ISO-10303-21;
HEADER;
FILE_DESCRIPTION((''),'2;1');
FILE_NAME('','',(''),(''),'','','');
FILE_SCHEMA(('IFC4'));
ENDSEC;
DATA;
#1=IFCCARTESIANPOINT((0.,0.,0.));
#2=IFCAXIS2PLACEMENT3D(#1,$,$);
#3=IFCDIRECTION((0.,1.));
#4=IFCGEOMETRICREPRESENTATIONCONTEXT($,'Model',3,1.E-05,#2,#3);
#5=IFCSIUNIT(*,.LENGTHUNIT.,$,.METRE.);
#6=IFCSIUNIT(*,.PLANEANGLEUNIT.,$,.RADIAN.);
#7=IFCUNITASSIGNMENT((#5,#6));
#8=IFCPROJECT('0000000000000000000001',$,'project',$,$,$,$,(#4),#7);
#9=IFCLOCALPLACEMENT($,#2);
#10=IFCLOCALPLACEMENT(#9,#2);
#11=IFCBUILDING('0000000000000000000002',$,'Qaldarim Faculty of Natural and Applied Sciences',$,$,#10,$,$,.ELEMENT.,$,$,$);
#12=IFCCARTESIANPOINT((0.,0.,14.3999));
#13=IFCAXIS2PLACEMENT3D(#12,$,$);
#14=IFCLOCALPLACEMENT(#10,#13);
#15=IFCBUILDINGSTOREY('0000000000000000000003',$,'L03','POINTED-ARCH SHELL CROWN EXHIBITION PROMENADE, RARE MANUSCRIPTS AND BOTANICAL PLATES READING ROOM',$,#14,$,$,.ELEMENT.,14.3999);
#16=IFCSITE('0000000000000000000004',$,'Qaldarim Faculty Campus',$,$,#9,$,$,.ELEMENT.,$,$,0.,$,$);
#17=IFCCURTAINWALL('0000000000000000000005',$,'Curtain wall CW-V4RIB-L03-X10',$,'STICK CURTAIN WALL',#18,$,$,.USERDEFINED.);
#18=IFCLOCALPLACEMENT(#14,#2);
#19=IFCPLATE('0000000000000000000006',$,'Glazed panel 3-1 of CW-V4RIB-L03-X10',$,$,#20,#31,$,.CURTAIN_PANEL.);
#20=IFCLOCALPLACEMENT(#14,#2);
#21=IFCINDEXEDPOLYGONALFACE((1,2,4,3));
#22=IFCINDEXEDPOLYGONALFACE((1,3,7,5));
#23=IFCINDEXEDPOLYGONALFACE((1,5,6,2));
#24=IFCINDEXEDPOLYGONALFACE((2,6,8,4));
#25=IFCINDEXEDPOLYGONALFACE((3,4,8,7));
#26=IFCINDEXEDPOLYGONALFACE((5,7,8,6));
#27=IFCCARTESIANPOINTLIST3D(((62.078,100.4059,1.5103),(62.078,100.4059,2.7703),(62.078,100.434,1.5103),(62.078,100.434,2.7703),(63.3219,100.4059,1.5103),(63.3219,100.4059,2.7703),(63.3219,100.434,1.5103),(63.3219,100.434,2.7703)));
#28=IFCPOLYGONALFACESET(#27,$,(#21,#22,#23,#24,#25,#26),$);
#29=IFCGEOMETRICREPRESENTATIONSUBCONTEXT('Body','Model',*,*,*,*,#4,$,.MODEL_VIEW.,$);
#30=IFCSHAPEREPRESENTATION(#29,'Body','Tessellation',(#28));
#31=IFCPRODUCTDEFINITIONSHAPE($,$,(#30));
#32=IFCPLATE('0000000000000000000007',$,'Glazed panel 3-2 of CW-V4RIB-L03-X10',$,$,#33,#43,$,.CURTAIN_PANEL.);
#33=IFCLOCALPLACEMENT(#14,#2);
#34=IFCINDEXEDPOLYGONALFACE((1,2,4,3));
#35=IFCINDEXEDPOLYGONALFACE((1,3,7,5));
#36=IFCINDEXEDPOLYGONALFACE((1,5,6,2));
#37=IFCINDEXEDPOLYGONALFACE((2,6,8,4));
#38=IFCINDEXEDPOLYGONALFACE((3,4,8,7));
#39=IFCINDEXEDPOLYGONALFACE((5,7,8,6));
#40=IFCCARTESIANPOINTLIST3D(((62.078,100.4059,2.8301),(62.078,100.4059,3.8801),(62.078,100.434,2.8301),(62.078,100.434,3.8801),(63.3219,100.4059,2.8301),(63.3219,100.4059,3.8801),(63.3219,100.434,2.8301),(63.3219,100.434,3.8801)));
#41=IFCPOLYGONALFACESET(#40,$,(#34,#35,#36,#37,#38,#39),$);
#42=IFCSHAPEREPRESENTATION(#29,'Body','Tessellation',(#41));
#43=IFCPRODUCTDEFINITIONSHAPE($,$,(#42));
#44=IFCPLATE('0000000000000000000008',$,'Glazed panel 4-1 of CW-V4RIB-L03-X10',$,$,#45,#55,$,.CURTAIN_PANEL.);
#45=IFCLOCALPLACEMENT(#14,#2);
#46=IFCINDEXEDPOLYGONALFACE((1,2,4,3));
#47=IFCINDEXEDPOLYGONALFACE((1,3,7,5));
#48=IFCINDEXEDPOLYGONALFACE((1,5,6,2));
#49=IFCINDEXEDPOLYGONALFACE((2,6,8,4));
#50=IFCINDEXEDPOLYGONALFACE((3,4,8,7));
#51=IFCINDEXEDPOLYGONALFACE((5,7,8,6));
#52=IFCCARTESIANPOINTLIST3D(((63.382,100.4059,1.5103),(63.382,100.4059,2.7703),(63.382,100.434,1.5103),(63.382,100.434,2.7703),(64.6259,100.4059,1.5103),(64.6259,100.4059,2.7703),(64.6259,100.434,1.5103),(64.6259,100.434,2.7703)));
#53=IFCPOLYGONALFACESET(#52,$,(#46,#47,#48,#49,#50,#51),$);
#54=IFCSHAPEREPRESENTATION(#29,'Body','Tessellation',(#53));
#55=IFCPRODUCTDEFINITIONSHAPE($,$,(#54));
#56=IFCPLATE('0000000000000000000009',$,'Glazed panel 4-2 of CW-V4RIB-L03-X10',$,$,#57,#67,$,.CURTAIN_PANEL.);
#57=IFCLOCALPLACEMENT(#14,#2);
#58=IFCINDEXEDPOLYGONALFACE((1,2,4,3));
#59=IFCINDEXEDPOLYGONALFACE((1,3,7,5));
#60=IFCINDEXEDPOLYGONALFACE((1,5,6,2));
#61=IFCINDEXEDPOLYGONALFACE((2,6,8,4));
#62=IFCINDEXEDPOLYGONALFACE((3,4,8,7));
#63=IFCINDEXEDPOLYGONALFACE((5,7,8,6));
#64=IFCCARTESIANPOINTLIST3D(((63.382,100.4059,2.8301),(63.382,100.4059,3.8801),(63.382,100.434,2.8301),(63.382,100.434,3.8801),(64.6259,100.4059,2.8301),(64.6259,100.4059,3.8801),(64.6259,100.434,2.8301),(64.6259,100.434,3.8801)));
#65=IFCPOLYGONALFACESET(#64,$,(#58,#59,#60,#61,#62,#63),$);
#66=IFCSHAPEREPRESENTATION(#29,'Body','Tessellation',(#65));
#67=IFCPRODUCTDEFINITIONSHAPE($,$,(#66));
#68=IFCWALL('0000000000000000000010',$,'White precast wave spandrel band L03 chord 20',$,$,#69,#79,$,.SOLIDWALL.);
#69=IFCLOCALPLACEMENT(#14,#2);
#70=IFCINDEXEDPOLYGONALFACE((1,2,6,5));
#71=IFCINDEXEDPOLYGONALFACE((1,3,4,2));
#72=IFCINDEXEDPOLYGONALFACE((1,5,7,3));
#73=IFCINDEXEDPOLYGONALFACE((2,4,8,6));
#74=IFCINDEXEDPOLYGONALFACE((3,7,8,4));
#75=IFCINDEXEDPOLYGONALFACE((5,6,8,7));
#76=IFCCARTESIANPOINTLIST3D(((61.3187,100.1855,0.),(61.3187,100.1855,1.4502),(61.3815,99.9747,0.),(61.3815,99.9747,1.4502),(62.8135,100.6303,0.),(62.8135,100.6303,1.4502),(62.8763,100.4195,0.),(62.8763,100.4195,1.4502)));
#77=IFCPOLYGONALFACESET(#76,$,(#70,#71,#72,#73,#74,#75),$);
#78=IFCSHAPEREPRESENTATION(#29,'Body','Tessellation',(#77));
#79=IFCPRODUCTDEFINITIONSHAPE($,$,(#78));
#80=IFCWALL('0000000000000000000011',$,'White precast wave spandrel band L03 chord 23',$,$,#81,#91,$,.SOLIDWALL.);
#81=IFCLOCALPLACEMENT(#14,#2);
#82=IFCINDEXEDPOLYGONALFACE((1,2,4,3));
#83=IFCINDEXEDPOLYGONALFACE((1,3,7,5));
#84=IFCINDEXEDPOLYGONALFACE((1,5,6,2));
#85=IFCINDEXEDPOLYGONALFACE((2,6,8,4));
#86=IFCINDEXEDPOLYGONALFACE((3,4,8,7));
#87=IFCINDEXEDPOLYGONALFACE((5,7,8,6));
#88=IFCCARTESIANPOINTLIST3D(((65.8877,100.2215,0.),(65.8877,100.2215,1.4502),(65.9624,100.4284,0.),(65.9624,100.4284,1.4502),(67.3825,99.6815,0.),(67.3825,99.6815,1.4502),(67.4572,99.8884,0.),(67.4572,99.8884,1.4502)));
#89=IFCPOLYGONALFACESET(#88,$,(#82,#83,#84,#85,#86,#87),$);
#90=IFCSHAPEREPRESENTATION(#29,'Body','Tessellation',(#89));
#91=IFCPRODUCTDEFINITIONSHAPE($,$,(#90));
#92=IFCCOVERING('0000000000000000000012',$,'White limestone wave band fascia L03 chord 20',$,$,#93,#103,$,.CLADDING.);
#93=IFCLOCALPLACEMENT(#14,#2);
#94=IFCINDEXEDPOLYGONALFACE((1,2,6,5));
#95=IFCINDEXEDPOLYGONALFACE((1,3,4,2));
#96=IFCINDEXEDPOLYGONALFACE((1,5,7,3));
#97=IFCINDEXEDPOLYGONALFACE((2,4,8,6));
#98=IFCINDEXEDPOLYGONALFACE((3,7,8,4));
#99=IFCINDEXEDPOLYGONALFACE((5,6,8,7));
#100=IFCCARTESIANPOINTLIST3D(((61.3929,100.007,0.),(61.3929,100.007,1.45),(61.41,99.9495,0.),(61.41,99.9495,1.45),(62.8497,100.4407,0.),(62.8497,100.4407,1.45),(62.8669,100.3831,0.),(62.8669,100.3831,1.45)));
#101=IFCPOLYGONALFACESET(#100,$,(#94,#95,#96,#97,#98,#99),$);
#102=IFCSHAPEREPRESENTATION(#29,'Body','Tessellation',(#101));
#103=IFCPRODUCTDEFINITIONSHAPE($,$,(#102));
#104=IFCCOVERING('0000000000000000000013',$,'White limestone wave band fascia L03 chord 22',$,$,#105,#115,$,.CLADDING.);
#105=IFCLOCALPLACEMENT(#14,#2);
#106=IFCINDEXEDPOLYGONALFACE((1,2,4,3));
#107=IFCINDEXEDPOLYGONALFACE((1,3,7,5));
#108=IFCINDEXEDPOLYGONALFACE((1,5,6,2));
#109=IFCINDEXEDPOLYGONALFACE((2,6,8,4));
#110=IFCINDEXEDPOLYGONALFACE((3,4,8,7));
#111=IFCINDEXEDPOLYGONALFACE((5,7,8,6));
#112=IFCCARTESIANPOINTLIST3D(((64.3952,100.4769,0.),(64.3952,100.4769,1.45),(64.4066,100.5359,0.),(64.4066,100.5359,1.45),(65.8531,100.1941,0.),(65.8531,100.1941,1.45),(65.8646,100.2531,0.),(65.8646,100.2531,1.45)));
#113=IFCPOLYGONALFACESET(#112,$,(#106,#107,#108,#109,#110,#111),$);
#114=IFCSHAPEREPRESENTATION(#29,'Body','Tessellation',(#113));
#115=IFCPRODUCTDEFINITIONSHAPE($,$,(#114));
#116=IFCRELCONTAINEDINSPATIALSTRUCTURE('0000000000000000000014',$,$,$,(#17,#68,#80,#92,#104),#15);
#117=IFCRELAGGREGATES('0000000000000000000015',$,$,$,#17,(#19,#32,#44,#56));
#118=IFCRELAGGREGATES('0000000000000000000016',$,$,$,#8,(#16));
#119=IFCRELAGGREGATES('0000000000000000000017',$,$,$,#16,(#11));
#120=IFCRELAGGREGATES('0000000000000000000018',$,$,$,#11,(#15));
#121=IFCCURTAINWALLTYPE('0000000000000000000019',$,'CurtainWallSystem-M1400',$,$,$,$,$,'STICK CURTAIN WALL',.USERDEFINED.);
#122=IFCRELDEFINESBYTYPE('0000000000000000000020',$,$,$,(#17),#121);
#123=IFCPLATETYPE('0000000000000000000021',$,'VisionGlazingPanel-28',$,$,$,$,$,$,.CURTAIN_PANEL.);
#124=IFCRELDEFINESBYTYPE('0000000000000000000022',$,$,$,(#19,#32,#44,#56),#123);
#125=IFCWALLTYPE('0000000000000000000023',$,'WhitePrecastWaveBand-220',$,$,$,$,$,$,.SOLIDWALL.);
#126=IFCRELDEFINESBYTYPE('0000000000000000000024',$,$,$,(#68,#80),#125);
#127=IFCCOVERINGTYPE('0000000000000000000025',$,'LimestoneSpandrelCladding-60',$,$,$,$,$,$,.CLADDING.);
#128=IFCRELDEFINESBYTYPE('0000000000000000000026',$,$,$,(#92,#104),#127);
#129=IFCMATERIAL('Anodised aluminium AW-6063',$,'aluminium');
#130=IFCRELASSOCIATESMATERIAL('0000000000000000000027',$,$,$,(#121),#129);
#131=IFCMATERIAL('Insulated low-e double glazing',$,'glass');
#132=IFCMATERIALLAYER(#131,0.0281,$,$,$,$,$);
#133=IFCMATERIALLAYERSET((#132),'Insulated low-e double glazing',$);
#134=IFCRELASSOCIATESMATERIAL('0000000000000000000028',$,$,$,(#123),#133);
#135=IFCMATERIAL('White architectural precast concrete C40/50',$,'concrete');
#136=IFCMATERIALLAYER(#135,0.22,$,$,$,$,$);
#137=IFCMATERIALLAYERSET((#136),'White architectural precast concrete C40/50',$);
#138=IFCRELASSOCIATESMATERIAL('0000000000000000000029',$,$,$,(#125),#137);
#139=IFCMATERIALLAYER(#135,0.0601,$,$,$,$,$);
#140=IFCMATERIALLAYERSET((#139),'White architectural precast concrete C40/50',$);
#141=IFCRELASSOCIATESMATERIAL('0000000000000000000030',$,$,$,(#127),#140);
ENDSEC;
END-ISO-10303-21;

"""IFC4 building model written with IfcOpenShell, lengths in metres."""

from ifc_helpers import new_model, si_unit, direction, frame, frame_2d, origin, origin_2d, place, context, subcontext, project, spatial, rectangle, extrude, material, layer, layer_set, type_object, element, aggregate, save


model = new_model("IFC4")

# Units and contexts
model_context = context("Model", 3, precision=1e-05, world=origin(), true_north=direction((0.0, 1.0)))
body_context = subcontext(model_context, "Body", "Model", "MODEL_VIEW")
ifc_project = project(units=[si_unit("LENGTHUNIT", "METRE"), si_unit("PLANEANGLEUNIT", "RADIAN")], contexts=[model_context])

# Site, building, storey
site_placement = place(None, origin())
site = spatial("IfcSite", under=ifc_project, at=site_placement, Name="Qaldarim Faculty Campus", CompositionType="ELEMENT", RefElevation=0.0)
building_placement = place(site_placement, origin())
building = spatial("IfcBuilding", under=site, at=building_placement, Name="Qaldarim Faculty of Natural and Applied Sciences", CompositionType="ELEMENT")
storey_placement = place(building_placement, frame((0.0, 0.0, 14.3999)))
storey = spatial("IfcBuildingStorey", under=building, at=storey_placement, Name="L03", Description="POINTED-ARCH SHELL CROWN EXHIBITION PROMENADE, RARE MANUSCRIPTS AND BOTANICAL PLATES READING ROOM", CompositionType="ELEMENT", Elevation=14.3999)

# Curtain wall, plates
ifc_material_1 = material(Name="Anodised aluminium AW-6063", Category="aluminium")
curtain_wall_type = type_object("IfcCurtainWallType", Name="CurtainWallSystem-M1400", ElementType="STICK CURTAIN WALL", PredefinedType="USERDEFINED", material=ifc_material_1)
curtain_wall_placement = place(storey_placement, origin())
curtain_wall = element("IfcCurtainWall", 1, at=curtain_wall_placement, inside=storey, type_object=curtain_wall_type, Name="Curtain wall CW-V4RIB-L03-X10", ObjectType="STICK CURTAIN WALL", PredefinedType="USERDEFINED")
ifc_material_2 = material(Name="Insulated low-e double glazing", Category="glass")
ifc_layer_1 = layer(ifc_material_2, 0.0281)
ifc_layer_set_1 = layer_set([ifc_layer_1], Name="Insulated low-e double glazing")
plate_type = type_object("IfcPlateType", Name="VisionGlazingPanel-28", PredefinedType="CURTAIN_PANEL", material=ifc_layer_set_1)
plate_1_placement = place(storey_placement, frame((62.7, 100.4199, 1.5103), z_axis=(0.0, 0.0, 1.0), x_axis=(1.0, 0.0, 0.0)))
plate_1 = element("IfcPlate", 2, at=plate_1_placement, type_object=plate_type, Name="Glazed panel 3-1 of CW-V4RIB-L03-X10", PredefinedType="CURTAIN_PANEL", context=body_context, shape_type="SweptSolid", body=[
    extrude(rectangle(XDim=1.2439, YDim=0.0281, at=origin_2d()), origin(), (0.0, 0.0, 1.0), 1.26),
])
plate_2_placement = place(storey_placement, frame((62.7, 100.4199, 2.8301), z_axis=(0.0, 0.0, 1.0), x_axis=(1.0, 0.0, 0.0)))
plate_2 = element("IfcPlate", 3, at=plate_2_placement, type_object=plate_type, Name="Glazed panel 3-2 of CW-V4RIB-L03-X10", PredefinedType="CURTAIN_PANEL", context=body_context, shape_type="SweptSolid", body=[
    extrude(rectangle(XDim=1.2439, YDim=0.0281, at=origin_2d()), origin(), (0.0, 0.0, 1.0), 1.05),
])
plate_3_placement = place(storey_placement, frame((64.0039, 100.4199, 1.5103), z_axis=(0.0, 0.0, 1.0), x_axis=(1.0, 0.0, 0.0)))
plate_3 = element("IfcPlate", 4, at=plate_3_placement, type_object=plate_type, Name="Glazed panel 4-1 of CW-V4RIB-L03-X10", PredefinedType="CURTAIN_PANEL", context=body_context, shape_type="SweptSolid", body=[
    extrude(rectangle(XDim=1.2439, YDim=0.0281, at=origin_2d()), origin(), (0.0, 0.0, 1.0), 1.26),
])
plate_4_placement = place(storey_placement, frame((64.0039, 100.4199, 2.8301), z_axis=(0.0, 0.0, 1.0), x_axis=(1.0, 0.0, 0.0)))
plate_4 = element("IfcPlate", 5, at=plate_4_placement, type_object=plate_type, Name="Glazed panel 4-2 of CW-V4RIB-L03-X10", PredefinedType="CURTAIN_PANEL", context=body_context, shape_type="SweptSolid", body=[
    extrude(rectangle(XDim=1.2439, YDim=0.0281, at=origin_2d()), origin(), (0.0, 0.0, 1.0), 1.05),
])
aggregate(curtain_wall, [plate_1, plate_2, plate_3, plate_4])

# Walls
ifc_material_3 = material(Name="White architectural precast concrete C40/50", Category="concrete")
ifc_layer_2 = layer(ifc_material_3, 0.22)
ifc_layer_set_2 = layer_set([ifc_layer_2], Name="White architectural precast concrete C40/50")
wall_type = type_object("IfcWallType", Name="WhitePrecastWaveBand-220", PredefinedType="SOLIDWALL", material=ifc_layer_set_2)
wall_1_placement = place(storey_placement, frame((61.3501, 100.0801, 0.0), z_axis=(0.0, 0.0, 1.0), x_axis=(0.958466, 0.285207, 0.0)))
element("IfcWall", 6, at=wall_1_placement, inside=storey, type_object=wall_type, Name="White precast wave spandrel band L03 chord 20", PredefinedType="SOLIDWALL", context=body_context, shape_type="SweptSolid", body=[
    extrude(rectangle(XDim=1.5596, YDim=0.22, at=frame_2d((0.7798, 0.0))), origin(), (0.0, 0.0, 1.0), 1.4502),
])
wall_2_placement = place(storey_placement, frame((65.925, 100.325, 0.0), z_axis=(0.0, 0.0, 1.0), x_axis=(0.940509, -0.339769, 0.0)))
element("IfcWall", 7, at=wall_2_placement, inside=storey, type_object=wall_type, Name="White precast wave spandrel band L03 chord 23", PredefinedType="SOLIDWALL", context=body_context, shape_type="SweptSolid", body=[
    extrude(rectangle(XDim=1.5894, YDim=0.22, at=frame_2d((0.7947, 0.0))), origin(), (0.0, 0.0, 1.0), 1.4502),
])

# Coverings
ifc_layer_3 = layer(ifc_material_3, 0.0601)
ifc_layer_set_3 = layer_set([ifc_layer_3], Name="White architectural precast concrete C40/50")
covering_type = type_object("IfcCoveringType", Name="LimestoneSpandrelCladding-60", PredefinedType="CLADDING", material=ifc_layer_set_3)
covering_1_placement = place(storey_placement, frame((62.1299, 100.1951, 0.0), z_axis=(0.0, 0.0, 1.0), x_axis=(0.958442, 0.285287, 0.0)))
element("IfcCovering", 8, at=covering_1_placement, inside=storey, type_object=covering_type, Name="White limestone wave band fascia L03 chord 20", PredefinedType="CLADDING", context=body_context, shape_type="SweptSolid", body=[
    extrude(rectangle(XDim=1.52, YDim=0.0601, at=origin_2d()), origin(), (0.0, 0.0, 1.0), 1.45),
])
covering_2_placement = place(storey_placement, frame((65.1299, 100.365, 0.0), z_axis=(0.0, 0.0, 1.0), x_axis=(0.9817, -0.190432, 0.0)))
element("IfcCovering", 9, at=covering_2_placement, inside=storey, type_object=covering_type, Name="White limestone wave band fascia L03 chord 22", PredefinedType="CLADDING", context=body_context, shape_type="SweptSolid", body=[
    extrude(rectangle(XDim=1.4851, YDim=0.0601, at=origin_2d()), origin(), (0.0, 0.0, 1.0), 1.45),
])

save(model, "model.ifc")
